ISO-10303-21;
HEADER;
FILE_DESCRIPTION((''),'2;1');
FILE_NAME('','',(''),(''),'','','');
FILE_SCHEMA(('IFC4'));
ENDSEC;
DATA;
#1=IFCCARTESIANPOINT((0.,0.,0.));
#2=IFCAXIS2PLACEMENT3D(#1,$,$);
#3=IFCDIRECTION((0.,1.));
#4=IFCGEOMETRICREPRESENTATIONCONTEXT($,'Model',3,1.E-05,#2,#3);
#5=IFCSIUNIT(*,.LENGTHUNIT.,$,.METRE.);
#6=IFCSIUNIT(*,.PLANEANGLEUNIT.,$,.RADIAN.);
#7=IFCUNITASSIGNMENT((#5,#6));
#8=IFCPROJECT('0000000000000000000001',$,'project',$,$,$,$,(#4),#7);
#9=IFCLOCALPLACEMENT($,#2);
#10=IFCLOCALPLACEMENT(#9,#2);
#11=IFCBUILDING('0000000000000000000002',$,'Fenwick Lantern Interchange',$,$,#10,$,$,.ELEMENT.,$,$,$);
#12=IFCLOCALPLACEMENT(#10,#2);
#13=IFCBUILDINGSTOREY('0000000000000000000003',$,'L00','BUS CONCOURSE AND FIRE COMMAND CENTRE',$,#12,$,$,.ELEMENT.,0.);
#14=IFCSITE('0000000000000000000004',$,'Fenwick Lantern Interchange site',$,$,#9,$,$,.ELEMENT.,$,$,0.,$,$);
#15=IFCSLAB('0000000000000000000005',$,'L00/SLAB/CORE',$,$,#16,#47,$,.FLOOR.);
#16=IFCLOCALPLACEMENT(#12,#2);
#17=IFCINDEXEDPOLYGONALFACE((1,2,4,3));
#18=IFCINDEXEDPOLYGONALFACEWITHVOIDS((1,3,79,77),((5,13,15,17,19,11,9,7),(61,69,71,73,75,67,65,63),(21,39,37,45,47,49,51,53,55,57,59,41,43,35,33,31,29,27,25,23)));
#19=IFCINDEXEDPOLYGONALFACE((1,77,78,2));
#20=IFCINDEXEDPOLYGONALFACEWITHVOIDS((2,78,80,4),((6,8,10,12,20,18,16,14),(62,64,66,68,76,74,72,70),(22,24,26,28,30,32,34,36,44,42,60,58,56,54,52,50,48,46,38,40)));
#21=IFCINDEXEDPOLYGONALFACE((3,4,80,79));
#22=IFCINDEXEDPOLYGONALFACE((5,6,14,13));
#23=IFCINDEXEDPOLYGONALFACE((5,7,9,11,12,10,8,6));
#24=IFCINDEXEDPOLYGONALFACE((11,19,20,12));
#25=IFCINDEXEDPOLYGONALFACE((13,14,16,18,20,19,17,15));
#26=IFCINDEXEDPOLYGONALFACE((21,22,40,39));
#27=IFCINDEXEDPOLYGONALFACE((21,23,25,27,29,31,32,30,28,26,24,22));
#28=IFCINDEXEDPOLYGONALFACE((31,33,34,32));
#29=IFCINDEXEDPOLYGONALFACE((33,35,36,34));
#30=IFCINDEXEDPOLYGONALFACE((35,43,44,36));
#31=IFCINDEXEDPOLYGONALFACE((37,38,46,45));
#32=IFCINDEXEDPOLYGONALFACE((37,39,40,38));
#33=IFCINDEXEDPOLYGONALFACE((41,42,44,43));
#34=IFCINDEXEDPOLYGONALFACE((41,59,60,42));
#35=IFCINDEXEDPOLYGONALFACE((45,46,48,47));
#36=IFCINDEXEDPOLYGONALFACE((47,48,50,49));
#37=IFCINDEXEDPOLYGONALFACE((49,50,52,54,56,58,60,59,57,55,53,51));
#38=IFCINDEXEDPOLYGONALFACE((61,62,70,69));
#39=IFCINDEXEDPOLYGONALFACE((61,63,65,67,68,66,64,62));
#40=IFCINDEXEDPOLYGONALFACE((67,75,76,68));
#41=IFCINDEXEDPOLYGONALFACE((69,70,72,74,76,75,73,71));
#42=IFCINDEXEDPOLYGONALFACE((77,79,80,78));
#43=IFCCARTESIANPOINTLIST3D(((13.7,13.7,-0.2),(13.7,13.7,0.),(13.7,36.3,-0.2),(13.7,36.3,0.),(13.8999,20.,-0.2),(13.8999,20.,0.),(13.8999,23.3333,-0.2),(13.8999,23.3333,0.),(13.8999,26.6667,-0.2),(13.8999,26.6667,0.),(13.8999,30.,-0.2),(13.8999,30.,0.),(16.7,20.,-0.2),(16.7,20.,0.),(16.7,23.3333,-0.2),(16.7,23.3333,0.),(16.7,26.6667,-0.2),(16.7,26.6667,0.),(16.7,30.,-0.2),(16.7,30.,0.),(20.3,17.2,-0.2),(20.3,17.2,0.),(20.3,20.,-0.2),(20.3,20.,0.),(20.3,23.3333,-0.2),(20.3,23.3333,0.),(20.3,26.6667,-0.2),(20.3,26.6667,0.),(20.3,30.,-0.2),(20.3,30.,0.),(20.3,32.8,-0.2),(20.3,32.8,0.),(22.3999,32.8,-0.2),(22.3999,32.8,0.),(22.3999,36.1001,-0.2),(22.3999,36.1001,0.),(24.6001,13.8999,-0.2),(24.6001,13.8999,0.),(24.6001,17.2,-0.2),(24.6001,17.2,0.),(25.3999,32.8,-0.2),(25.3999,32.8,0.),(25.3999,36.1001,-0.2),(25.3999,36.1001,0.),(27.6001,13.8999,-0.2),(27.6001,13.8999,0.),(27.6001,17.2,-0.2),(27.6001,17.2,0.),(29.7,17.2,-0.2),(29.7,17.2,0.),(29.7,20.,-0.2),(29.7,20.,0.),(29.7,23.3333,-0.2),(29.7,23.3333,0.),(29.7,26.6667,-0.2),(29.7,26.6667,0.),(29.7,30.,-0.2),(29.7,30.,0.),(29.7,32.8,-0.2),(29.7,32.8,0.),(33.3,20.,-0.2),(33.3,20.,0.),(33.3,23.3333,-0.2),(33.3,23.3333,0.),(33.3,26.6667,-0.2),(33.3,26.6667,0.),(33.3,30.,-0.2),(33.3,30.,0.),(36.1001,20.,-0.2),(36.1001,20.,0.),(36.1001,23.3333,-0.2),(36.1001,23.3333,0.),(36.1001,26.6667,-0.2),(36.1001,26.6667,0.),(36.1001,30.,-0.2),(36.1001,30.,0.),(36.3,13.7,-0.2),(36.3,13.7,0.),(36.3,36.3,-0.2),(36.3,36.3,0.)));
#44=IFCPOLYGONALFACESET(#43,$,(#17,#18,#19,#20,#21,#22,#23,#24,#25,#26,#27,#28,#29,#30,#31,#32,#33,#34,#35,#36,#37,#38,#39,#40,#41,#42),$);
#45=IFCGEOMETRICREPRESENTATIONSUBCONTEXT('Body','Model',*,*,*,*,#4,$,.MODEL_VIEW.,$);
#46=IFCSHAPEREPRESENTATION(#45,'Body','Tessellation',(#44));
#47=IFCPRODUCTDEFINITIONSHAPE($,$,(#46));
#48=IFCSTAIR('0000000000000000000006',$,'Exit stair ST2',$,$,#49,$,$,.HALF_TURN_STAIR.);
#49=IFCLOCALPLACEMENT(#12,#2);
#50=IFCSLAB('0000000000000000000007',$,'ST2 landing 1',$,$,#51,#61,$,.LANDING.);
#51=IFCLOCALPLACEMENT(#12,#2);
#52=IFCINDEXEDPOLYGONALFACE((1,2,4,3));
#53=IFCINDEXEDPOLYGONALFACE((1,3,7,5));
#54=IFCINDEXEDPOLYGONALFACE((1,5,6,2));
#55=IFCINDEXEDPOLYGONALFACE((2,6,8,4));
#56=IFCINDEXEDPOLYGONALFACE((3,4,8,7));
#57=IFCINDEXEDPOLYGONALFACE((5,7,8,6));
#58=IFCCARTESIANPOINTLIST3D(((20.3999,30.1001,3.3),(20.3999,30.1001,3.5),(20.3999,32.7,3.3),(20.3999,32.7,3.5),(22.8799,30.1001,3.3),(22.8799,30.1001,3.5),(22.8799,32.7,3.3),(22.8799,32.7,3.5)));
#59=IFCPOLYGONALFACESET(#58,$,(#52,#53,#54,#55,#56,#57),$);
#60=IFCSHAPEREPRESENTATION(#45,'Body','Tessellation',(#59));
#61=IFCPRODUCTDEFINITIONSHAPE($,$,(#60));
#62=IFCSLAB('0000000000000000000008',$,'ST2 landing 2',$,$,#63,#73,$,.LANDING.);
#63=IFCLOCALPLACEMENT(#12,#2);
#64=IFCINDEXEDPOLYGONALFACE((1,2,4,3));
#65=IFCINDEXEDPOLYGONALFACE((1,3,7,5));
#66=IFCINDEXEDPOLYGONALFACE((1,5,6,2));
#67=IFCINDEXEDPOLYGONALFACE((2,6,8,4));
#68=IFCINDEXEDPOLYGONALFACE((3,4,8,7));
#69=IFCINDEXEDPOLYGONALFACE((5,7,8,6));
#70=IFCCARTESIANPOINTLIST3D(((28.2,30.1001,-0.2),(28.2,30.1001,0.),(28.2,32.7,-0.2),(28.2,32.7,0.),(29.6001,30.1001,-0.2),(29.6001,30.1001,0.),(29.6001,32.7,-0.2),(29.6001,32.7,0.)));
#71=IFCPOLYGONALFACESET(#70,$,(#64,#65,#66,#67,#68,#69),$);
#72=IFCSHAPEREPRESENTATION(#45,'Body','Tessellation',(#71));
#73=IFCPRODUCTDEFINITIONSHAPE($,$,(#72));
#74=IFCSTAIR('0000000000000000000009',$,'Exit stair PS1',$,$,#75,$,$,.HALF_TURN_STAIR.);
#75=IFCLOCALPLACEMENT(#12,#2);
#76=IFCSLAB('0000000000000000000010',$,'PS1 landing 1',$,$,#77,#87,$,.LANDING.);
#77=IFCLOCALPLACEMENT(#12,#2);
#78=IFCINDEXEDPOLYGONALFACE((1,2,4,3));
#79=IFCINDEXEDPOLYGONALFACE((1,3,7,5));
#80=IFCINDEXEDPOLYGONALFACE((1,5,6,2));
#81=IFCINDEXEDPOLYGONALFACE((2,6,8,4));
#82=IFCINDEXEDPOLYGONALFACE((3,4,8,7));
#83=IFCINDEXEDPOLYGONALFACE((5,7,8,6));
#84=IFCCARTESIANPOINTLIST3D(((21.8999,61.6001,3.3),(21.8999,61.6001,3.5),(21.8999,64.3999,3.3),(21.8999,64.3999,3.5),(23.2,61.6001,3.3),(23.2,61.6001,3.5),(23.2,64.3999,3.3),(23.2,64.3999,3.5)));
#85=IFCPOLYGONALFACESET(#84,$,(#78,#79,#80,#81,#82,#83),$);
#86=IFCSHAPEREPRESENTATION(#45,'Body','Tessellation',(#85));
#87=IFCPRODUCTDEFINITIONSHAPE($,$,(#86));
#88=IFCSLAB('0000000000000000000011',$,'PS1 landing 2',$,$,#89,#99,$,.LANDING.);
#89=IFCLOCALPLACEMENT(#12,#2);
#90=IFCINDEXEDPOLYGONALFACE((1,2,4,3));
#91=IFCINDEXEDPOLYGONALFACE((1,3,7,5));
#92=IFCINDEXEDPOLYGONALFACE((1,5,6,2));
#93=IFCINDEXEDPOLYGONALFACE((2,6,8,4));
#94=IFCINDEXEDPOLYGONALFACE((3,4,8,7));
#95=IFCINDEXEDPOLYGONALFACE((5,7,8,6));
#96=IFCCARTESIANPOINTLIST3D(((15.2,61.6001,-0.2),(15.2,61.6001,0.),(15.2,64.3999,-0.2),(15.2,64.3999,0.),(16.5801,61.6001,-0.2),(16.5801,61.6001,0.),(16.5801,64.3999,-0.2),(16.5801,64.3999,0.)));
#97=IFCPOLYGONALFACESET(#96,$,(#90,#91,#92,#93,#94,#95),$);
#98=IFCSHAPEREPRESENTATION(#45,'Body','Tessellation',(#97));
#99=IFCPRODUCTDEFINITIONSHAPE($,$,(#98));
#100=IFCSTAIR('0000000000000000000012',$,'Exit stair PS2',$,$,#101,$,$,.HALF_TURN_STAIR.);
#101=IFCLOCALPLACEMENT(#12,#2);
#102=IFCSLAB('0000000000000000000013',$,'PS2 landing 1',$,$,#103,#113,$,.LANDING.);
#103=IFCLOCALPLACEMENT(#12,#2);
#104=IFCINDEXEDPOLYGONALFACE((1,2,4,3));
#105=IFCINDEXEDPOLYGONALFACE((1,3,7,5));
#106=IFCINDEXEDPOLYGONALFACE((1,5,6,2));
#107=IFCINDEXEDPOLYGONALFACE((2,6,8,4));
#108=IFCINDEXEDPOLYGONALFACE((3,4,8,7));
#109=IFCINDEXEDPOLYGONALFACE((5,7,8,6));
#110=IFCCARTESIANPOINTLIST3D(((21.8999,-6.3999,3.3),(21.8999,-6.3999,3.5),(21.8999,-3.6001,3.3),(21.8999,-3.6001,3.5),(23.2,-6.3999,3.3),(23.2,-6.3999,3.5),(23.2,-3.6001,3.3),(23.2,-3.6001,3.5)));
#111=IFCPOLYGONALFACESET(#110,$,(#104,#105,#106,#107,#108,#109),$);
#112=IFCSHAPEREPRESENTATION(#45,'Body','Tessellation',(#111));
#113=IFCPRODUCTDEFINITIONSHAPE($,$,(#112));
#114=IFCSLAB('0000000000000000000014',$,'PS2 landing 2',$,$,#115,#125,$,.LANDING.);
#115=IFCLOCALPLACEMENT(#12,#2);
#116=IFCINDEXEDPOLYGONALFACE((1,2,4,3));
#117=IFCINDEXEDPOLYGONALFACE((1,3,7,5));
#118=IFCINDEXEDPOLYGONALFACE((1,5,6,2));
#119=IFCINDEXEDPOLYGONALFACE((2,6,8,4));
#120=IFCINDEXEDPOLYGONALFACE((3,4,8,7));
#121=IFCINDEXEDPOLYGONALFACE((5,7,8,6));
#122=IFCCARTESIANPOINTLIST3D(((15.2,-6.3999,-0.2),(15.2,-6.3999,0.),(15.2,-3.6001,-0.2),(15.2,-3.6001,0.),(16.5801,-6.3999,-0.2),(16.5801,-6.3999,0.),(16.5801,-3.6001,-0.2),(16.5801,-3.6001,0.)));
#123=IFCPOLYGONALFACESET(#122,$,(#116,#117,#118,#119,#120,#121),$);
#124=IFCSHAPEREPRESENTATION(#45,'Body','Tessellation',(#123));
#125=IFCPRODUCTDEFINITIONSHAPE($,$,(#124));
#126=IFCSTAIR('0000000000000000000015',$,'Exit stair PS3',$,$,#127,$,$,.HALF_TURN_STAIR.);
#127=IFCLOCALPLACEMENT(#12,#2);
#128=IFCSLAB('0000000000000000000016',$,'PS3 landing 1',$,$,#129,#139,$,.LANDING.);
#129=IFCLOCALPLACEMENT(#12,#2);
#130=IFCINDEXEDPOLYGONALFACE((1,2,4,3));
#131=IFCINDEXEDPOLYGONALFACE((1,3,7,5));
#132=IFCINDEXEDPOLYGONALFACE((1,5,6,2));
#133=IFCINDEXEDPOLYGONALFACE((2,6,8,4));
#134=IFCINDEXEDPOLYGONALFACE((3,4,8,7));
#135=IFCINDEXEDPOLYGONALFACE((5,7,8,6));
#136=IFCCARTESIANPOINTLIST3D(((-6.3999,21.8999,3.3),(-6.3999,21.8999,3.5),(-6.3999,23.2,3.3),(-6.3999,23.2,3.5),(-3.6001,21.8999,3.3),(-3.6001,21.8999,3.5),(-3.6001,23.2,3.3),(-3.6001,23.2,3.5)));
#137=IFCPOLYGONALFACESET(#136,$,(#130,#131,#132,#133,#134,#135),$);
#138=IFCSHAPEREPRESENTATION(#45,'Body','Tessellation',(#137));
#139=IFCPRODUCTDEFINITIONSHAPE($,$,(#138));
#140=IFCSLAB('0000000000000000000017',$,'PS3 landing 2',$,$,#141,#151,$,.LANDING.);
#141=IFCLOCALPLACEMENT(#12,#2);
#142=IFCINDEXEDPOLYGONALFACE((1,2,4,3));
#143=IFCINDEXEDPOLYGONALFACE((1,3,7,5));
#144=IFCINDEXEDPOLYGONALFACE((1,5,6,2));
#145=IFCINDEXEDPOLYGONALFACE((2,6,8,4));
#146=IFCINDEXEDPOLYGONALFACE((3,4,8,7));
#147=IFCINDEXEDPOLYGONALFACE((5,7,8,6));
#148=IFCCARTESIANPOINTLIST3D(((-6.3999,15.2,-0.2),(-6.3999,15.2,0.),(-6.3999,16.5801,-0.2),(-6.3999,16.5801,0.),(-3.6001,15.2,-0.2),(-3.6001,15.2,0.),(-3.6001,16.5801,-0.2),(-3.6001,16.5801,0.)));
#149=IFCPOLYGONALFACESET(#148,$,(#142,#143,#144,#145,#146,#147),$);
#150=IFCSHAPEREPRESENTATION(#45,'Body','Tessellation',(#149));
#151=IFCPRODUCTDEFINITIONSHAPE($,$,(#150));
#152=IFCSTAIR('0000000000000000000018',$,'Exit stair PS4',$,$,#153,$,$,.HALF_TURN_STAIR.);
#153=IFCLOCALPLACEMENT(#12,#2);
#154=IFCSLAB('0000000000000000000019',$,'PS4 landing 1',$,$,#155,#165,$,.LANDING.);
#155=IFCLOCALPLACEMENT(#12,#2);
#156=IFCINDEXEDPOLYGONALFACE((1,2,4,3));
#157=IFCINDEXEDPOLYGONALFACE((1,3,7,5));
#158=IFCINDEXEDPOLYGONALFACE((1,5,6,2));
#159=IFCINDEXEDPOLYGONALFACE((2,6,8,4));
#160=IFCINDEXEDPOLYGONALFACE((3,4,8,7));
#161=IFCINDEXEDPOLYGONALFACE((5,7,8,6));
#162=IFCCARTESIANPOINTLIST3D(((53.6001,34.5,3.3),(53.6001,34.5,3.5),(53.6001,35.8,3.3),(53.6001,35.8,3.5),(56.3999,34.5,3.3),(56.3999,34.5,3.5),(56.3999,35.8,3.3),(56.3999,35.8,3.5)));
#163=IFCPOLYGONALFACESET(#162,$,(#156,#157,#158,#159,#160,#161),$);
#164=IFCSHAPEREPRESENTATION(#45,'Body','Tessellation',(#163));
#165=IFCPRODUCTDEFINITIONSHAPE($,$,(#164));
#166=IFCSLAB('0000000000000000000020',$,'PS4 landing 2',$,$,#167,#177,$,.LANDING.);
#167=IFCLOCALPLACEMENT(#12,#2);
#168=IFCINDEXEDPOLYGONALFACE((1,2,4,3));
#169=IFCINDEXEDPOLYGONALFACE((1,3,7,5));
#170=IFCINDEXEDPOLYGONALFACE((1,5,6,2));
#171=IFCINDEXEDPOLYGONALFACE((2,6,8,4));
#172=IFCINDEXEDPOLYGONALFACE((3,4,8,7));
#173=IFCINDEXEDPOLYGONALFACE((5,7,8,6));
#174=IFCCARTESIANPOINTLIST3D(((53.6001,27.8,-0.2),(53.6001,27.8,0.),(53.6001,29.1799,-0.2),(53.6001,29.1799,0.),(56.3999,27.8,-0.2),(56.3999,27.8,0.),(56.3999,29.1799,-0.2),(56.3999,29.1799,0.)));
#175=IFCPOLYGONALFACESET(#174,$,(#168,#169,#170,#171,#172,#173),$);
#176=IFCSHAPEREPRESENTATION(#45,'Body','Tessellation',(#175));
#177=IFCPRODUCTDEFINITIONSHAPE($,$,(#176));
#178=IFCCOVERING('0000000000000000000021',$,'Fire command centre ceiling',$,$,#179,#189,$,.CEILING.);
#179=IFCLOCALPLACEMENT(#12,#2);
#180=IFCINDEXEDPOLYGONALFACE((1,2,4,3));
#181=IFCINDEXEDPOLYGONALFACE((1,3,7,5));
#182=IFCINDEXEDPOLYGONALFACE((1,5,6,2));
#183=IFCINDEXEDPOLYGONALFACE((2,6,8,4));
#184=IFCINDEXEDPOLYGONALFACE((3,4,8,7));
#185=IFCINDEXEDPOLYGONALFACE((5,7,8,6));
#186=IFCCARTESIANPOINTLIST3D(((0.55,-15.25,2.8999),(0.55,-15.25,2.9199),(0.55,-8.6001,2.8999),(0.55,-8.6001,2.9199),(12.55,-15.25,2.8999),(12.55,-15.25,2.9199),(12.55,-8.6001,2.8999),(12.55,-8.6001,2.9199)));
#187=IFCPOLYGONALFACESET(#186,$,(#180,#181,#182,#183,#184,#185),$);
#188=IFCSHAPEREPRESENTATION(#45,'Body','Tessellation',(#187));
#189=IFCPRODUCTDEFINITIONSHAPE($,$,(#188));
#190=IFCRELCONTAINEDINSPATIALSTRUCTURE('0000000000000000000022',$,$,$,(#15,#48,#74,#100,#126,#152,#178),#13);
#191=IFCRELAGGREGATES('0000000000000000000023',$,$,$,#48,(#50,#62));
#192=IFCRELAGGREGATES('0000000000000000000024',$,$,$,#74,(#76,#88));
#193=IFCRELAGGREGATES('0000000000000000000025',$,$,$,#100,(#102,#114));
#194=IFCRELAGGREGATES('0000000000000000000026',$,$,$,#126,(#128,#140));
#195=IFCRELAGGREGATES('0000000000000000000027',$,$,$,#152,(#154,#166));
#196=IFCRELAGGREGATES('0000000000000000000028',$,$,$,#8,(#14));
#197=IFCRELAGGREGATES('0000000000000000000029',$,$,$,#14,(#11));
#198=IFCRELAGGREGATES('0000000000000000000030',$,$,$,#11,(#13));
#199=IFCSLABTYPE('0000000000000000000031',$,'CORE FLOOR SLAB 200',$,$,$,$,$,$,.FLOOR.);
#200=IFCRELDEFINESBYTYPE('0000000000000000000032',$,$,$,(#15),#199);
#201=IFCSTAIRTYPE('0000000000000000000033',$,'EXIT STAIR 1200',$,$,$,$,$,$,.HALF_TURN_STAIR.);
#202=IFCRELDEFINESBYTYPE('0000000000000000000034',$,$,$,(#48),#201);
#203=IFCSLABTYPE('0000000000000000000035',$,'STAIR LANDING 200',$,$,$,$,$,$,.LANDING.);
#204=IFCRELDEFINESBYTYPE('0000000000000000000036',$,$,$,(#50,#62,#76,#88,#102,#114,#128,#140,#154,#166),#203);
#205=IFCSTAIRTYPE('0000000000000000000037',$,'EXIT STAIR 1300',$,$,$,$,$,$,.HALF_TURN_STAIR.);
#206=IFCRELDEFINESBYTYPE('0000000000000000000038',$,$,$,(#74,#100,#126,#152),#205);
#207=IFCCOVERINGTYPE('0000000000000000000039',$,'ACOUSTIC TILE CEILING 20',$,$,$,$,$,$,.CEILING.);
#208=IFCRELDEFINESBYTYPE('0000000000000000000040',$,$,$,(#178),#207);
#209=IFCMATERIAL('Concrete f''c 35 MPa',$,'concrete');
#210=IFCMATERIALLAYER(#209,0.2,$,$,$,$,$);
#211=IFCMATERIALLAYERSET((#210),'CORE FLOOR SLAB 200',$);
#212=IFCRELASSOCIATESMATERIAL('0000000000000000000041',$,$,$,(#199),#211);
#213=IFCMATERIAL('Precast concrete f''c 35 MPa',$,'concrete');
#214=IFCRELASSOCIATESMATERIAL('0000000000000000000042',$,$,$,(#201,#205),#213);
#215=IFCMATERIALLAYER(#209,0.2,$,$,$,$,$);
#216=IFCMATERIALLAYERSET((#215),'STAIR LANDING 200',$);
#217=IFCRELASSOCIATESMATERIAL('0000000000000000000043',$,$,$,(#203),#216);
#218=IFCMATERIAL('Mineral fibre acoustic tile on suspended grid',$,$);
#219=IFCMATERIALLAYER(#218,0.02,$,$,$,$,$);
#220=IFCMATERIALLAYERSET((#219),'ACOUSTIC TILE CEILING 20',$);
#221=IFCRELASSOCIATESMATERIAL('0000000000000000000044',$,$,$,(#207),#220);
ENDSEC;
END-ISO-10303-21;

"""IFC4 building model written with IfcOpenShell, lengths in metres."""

from ifc_helpers import new_model, si_unit, direction, frame, origin, place, context, subcontext, project, spatial, polyline, outline, extrude, material, layer, layer_set, type_object, element, aggregate, save


model = new_model("IFC4")

# Units and contexts
model_context = context("Model", 3, precision=1e-05, world=origin(), true_north=direction((0.0, 1.0)))
body_context = subcontext(model_context, "Body", "Model", "MODEL_VIEW")
ifc_project = project(units=[si_unit("LENGTHUNIT", "METRE"), si_unit("PLANEANGLEUNIT", "RADIAN")], contexts=[model_context])

# Site, building, storey
site_placement = place(None, origin())
site = spatial("IfcSite", under=ifc_project, at=site_placement, Name="Fenwick Lantern Interchange site", CompositionType="ELEMENT", RefElevation=0.0)
building_placement = place(site_placement, origin())
building = spatial("IfcBuilding", under=site, at=building_placement, Name="Fenwick Lantern Interchange", CompositionType="ELEMENT")
storey_placement = place(building_placement, origin())
storey = spatial("IfcBuildingStorey", under=building, at=storey_placement, Name="L00", Description="BUS CONCOURSE AND FIRE COMMAND CENTRE", CompositionType="ELEMENT", Elevation=0.0)

# Slab
ifc_material_1 = material(Name="Concrete f'c 35 MPa", Category="concrete")
ifc_layer_1 = layer(ifc_material_1, 0.2)
ifc_layer_set_1 = layer_set([ifc_layer_1], Name="CORE FLOOR SLAB 200")
slab_type_1 = type_object("IfcSlabType", Name="CORE FLOOR SLAB 200", PredefinedType="FLOOR", material=ifc_layer_set_1)
slab_1_placement = place(storey_placement, frame((0.0, 0.0, -0.2)))
element("IfcSlab", 1, at=slab_1_placement, inside=storey, type_object=slab_type_1, Name="L00/SLAB/CORE", PredefinedType="FLOOR", context=body_context, shape_type="SweptSolid", body=[
    extrude(outline(polyline([(13.7, 36.3), (36.3, 36.3), (36.3, 13.7), (13.7, 13.7), (13.7, 36.3)]), holes=[polyline([(13.8999, 20.0), (16.7, 20.0), (16.7, 23.3333), (16.7, 26.6667), (16.7, 30.0), (13.8999, 30.0), (13.8999, 26.6667), (13.8999, 23.3333), (13.8999, 20.0)]), polyline([(20.3, 20.0), (20.3, 17.2), (24.6001, 17.2), (24.6001, 13.8999), (27.6001, 13.8999), (27.6001, 17.2), (29.7, 17.2), (29.7, 20.0), (29.7, 23.3333), (29.7, 26.6667), (29.7, 30.0), (29.7, 32.8), (25.3999, 32.8), (25.3999, 36.1001), (22.3999, 36.1001), (22.3999, 32.8), (20.3, 32.8), (20.3, 30.0), (20.3, 26.6667), (20.3, 23.3333), (20.3, 20.0)]), polyline([(33.3, 23.3333), (33.3, 20.0), (36.1001, 20.0), (36.1001, 23.3333), (36.1001, 26.6667), (36.1001, 30.0), (33.3, 30.0), (33.3, 26.6667), (33.3, 23.3333)])]), origin(), (0.0, 0.0, 1.0), 0.2),
])

# Stairs, slabs
ifc_material_2 = material(Name="Precast concrete f'c 35 MPa", Category="concrete")
stair_type_1 = type_object("IfcStairType", Name="EXIT STAIR 1200", PredefinedType="HALF_TURN_STAIR", material=ifc_material_2)
stair_1_placement = place(storey_placement, origin())
stair_1 = element("IfcStair", 2, at=stair_1_placement, inside=storey, type_object=stair_type_1, Name="Exit stair ST2", PredefinedType="HALF_TURN_STAIR")
ifc_layer_2 = layer(ifc_material_1, 0.2)
ifc_layer_set_2 = layer_set([ifc_layer_2], Name="STAIR LANDING 200")
slab_type_2 = type_object("IfcSlabType", Name="STAIR LANDING 200", PredefinedType="LANDING", material=ifc_layer_set_2)
slab_2_placement = place(storey_placement, frame((0.0, 0.0, 3.3)))
slab_2 = element("IfcSlab", 3, at=slab_2_placement, type_object=slab_type_2, Name="ST2 landing 1", PredefinedType="LANDING", context=body_context, shape_type="SweptSolid", body=[
    extrude(outline(polyline([(22.8799, 32.7), (20.3999, 32.7), (20.3999, 30.1001), (22.8799, 30.1001), (22.8799, 32.7)])), origin(), (0.0, 0.0, 1.0), 0.2),
])
slab_3_placement = place(storey_placement, frame((0.0, 0.0, -0.2)))
slab_3 = element("IfcSlab", 4, at=slab_3_placement, type_object=slab_type_2, Name="ST2 landing 2", PredefinedType="LANDING", context=body_context, shape_type="SweptSolid", body=[
    extrude(outline(polyline([(29.6001, 32.7), (28.2, 32.7), (28.2, 30.1001), (29.6001, 30.1001), (29.6001, 32.7)])), origin(), (0.0, 0.0, 1.0), 0.2),
])
aggregate(stair_1, [slab_2, slab_3])
stair_type_2 = type_object("IfcStairType", Name="EXIT STAIR 1300", PredefinedType="HALF_TURN_STAIR", material=ifc_material_2)
stair_2_placement = place(storey_placement, origin())
stair_2 = element("IfcStair", 5, at=stair_2_placement, inside=storey, type_object=stair_type_2, Name="Exit stair PS1", PredefinedType="HALF_TURN_STAIR")
slab_4_placement = place(storey_placement, frame((0.0, 0.0, 3.3)))
slab_4 = element("IfcSlab", 6, at=slab_4_placement, type_object=slab_type_2, Name="PS1 landing 1", PredefinedType="LANDING", context=body_context, shape_type="SweptSolid", body=[
    extrude(outline(polyline([(21.8999, 61.6001), (23.2, 61.6001), (23.2, 64.3999), (21.8999, 64.3999), (21.8999, 61.6001)])), origin(), (0.0, 0.0, 1.0), 0.2),
])
slab_5_placement = place(storey_placement, frame((0.0, 0.0, -0.2)))
slab_5 = element("IfcSlab", 7, at=slab_5_placement, type_object=slab_type_2, Name="PS1 landing 2", PredefinedType="LANDING", context=body_context, shape_type="SweptSolid", body=[
    extrude(outline(polyline([(15.2, 61.6001), (16.5801, 61.6001), (16.5801, 64.3999), (15.2, 64.3999), (15.2, 61.6001)])), origin(), (0.0, 0.0, 1.0), 0.2),
])
aggregate(stair_2, [slab_4, slab_5])
stair_3_placement = place(storey_placement, origin())
stair_3 = element("IfcStair", 8, at=stair_3_placement, inside=storey, type_object=stair_type_2, Name="Exit stair PS2", PredefinedType="HALF_TURN_STAIR")
slab_6_placement = place(storey_placement, frame((0.0, 0.0, 3.3)))
slab_6 = element("IfcSlab", 9, at=slab_6_placement, type_object=slab_type_2, Name="PS2 landing 1", PredefinedType="LANDING", context=body_context, shape_type="SweptSolid", body=[
    extrude(outline(polyline([(21.8999, -6.3999), (23.2, -6.3999), (23.2, -3.6001), (21.8999, -3.6001), (21.8999, -6.3999)])), origin(), (0.0, 0.0, 1.0), 0.2),
])
slab_7_placement = place(storey_placement, frame((0.0, 0.0, -0.2)))
slab_7 = element("IfcSlab", 10, at=slab_7_placement, type_object=slab_type_2, Name="PS2 landing 2", PredefinedType="LANDING", context=body_context, shape_type="SweptSolid", body=[
    extrude(outline(polyline([(15.2, -6.3999), (16.5801, -6.3999), (16.5801, -3.6001), (15.2, -3.6001), (15.2, -6.3999)])), origin(), (0.0, 0.0, 1.0), 0.2),
])
aggregate(stair_3, [slab_6, slab_7])
stair_4_placement = place(storey_placement, origin())
stair_4 = element("IfcStair", 11, at=stair_4_placement, inside=storey, type_object=stair_type_2, Name="Exit stair PS3", PredefinedType="HALF_TURN_STAIR")
slab_8_placement = place(storey_placement, frame((0.0, 0.0, 3.3)))
slab_8 = element("IfcSlab", 12, at=slab_8_placement, type_object=slab_type_2, Name="PS3 landing 1", PredefinedType="LANDING", context=body_context, shape_type="SweptSolid", body=[
    extrude(outline(polyline([(-6.3999, 21.8999), (-3.6001, 21.8999), (-3.6001, 23.2), (-6.3999, 23.2), (-6.3999, 21.8999)])), origin(), (0.0, 0.0, 1.0), 0.2),
])
slab_9_placement = place(storey_placement, frame((0.0, 0.0, -0.2)))
slab_9 = element("IfcSlab", 13, at=slab_9_placement, type_object=slab_type_2, Name="PS3 landing 2", PredefinedType="LANDING", context=body_context, shape_type="SweptSolid", body=[
    extrude(outline(polyline([(-6.3999, 15.2), (-3.6001, 15.2), (-3.6001, 16.5801), (-6.3999, 16.5801), (-6.3999, 15.2)])), origin(), (0.0, 0.0, 1.0), 0.2),
])
aggregate(stair_4, [slab_8, slab_9])
stair_5_placement = place(storey_placement, origin())
stair_5 = element("IfcStair", 14, at=stair_5_placement, inside=storey, type_object=stair_type_2, Name="Exit stair PS4", PredefinedType="HALF_TURN_STAIR")
slab_10_placement = place(storey_placement, frame((0.0, 0.0, 3.3)))
slab_10 = element("IfcSlab", 15, at=slab_10_placement, type_object=slab_type_2, Name="PS4 landing 1", PredefinedType="LANDING", context=body_context, shape_type="SweptSolid", body=[
    extrude(outline(polyline([(53.6001, 34.5), (56.3999, 34.5), (56.3999, 35.8), (53.6001, 35.8), (53.6001, 34.5)])), origin(), (0.0, 0.0, 1.0), 0.2),
])
slab_11_placement = place(storey_placement, frame((0.0, 0.0, -0.2)))
slab_11 = element("IfcSlab", 16, at=slab_11_placement, type_object=slab_type_2, Name="PS4 landing 2", PredefinedType="LANDING", context=body_context, shape_type="SweptSolid", body=[
    extrude(outline(polyline([(53.6001, 27.8), (56.3999, 27.8), (56.3999, 29.1799), (53.6001, 29.1799), (53.6001, 27.8)])), origin(), (0.0, 0.0, 1.0), 0.2),
])
aggregate(stair_5, [slab_10, slab_11])

# Covering
ifc_material_3 = material(Name="Mineral fibre acoustic tile on suspended grid")
ifc_layer_3 = layer(ifc_material_3, 0.02)
ifc_layer_set_3 = layer_set([ifc_layer_3], Name="ACOUSTIC TILE CEILING 20")
covering_type_1 = type_object("IfcCoveringType", Name="ACOUSTIC TILE CEILING 20", PredefinedType="CEILING", material=ifc_layer_set_3)
covering_1_placement = place(storey_placement, frame((0.0, 0.0, 2.8999)))
element("IfcCovering", 17, at=covering_1_placement, inside=storey, type_object=covering_type_1, Name="Fire command centre ceiling", PredefinedType="CEILING", context=body_context, shape_type="SweptSolid", body=[
    extrude(outline(polyline([(0.55, -8.6001), (0.55, -15.25), (12.55, -15.25), (12.55, -8.6001), (0.55, -8.6001)])), origin(), (0.0, 0.0, 1.0), 0.02),
])

save(model, "model.ifc")
